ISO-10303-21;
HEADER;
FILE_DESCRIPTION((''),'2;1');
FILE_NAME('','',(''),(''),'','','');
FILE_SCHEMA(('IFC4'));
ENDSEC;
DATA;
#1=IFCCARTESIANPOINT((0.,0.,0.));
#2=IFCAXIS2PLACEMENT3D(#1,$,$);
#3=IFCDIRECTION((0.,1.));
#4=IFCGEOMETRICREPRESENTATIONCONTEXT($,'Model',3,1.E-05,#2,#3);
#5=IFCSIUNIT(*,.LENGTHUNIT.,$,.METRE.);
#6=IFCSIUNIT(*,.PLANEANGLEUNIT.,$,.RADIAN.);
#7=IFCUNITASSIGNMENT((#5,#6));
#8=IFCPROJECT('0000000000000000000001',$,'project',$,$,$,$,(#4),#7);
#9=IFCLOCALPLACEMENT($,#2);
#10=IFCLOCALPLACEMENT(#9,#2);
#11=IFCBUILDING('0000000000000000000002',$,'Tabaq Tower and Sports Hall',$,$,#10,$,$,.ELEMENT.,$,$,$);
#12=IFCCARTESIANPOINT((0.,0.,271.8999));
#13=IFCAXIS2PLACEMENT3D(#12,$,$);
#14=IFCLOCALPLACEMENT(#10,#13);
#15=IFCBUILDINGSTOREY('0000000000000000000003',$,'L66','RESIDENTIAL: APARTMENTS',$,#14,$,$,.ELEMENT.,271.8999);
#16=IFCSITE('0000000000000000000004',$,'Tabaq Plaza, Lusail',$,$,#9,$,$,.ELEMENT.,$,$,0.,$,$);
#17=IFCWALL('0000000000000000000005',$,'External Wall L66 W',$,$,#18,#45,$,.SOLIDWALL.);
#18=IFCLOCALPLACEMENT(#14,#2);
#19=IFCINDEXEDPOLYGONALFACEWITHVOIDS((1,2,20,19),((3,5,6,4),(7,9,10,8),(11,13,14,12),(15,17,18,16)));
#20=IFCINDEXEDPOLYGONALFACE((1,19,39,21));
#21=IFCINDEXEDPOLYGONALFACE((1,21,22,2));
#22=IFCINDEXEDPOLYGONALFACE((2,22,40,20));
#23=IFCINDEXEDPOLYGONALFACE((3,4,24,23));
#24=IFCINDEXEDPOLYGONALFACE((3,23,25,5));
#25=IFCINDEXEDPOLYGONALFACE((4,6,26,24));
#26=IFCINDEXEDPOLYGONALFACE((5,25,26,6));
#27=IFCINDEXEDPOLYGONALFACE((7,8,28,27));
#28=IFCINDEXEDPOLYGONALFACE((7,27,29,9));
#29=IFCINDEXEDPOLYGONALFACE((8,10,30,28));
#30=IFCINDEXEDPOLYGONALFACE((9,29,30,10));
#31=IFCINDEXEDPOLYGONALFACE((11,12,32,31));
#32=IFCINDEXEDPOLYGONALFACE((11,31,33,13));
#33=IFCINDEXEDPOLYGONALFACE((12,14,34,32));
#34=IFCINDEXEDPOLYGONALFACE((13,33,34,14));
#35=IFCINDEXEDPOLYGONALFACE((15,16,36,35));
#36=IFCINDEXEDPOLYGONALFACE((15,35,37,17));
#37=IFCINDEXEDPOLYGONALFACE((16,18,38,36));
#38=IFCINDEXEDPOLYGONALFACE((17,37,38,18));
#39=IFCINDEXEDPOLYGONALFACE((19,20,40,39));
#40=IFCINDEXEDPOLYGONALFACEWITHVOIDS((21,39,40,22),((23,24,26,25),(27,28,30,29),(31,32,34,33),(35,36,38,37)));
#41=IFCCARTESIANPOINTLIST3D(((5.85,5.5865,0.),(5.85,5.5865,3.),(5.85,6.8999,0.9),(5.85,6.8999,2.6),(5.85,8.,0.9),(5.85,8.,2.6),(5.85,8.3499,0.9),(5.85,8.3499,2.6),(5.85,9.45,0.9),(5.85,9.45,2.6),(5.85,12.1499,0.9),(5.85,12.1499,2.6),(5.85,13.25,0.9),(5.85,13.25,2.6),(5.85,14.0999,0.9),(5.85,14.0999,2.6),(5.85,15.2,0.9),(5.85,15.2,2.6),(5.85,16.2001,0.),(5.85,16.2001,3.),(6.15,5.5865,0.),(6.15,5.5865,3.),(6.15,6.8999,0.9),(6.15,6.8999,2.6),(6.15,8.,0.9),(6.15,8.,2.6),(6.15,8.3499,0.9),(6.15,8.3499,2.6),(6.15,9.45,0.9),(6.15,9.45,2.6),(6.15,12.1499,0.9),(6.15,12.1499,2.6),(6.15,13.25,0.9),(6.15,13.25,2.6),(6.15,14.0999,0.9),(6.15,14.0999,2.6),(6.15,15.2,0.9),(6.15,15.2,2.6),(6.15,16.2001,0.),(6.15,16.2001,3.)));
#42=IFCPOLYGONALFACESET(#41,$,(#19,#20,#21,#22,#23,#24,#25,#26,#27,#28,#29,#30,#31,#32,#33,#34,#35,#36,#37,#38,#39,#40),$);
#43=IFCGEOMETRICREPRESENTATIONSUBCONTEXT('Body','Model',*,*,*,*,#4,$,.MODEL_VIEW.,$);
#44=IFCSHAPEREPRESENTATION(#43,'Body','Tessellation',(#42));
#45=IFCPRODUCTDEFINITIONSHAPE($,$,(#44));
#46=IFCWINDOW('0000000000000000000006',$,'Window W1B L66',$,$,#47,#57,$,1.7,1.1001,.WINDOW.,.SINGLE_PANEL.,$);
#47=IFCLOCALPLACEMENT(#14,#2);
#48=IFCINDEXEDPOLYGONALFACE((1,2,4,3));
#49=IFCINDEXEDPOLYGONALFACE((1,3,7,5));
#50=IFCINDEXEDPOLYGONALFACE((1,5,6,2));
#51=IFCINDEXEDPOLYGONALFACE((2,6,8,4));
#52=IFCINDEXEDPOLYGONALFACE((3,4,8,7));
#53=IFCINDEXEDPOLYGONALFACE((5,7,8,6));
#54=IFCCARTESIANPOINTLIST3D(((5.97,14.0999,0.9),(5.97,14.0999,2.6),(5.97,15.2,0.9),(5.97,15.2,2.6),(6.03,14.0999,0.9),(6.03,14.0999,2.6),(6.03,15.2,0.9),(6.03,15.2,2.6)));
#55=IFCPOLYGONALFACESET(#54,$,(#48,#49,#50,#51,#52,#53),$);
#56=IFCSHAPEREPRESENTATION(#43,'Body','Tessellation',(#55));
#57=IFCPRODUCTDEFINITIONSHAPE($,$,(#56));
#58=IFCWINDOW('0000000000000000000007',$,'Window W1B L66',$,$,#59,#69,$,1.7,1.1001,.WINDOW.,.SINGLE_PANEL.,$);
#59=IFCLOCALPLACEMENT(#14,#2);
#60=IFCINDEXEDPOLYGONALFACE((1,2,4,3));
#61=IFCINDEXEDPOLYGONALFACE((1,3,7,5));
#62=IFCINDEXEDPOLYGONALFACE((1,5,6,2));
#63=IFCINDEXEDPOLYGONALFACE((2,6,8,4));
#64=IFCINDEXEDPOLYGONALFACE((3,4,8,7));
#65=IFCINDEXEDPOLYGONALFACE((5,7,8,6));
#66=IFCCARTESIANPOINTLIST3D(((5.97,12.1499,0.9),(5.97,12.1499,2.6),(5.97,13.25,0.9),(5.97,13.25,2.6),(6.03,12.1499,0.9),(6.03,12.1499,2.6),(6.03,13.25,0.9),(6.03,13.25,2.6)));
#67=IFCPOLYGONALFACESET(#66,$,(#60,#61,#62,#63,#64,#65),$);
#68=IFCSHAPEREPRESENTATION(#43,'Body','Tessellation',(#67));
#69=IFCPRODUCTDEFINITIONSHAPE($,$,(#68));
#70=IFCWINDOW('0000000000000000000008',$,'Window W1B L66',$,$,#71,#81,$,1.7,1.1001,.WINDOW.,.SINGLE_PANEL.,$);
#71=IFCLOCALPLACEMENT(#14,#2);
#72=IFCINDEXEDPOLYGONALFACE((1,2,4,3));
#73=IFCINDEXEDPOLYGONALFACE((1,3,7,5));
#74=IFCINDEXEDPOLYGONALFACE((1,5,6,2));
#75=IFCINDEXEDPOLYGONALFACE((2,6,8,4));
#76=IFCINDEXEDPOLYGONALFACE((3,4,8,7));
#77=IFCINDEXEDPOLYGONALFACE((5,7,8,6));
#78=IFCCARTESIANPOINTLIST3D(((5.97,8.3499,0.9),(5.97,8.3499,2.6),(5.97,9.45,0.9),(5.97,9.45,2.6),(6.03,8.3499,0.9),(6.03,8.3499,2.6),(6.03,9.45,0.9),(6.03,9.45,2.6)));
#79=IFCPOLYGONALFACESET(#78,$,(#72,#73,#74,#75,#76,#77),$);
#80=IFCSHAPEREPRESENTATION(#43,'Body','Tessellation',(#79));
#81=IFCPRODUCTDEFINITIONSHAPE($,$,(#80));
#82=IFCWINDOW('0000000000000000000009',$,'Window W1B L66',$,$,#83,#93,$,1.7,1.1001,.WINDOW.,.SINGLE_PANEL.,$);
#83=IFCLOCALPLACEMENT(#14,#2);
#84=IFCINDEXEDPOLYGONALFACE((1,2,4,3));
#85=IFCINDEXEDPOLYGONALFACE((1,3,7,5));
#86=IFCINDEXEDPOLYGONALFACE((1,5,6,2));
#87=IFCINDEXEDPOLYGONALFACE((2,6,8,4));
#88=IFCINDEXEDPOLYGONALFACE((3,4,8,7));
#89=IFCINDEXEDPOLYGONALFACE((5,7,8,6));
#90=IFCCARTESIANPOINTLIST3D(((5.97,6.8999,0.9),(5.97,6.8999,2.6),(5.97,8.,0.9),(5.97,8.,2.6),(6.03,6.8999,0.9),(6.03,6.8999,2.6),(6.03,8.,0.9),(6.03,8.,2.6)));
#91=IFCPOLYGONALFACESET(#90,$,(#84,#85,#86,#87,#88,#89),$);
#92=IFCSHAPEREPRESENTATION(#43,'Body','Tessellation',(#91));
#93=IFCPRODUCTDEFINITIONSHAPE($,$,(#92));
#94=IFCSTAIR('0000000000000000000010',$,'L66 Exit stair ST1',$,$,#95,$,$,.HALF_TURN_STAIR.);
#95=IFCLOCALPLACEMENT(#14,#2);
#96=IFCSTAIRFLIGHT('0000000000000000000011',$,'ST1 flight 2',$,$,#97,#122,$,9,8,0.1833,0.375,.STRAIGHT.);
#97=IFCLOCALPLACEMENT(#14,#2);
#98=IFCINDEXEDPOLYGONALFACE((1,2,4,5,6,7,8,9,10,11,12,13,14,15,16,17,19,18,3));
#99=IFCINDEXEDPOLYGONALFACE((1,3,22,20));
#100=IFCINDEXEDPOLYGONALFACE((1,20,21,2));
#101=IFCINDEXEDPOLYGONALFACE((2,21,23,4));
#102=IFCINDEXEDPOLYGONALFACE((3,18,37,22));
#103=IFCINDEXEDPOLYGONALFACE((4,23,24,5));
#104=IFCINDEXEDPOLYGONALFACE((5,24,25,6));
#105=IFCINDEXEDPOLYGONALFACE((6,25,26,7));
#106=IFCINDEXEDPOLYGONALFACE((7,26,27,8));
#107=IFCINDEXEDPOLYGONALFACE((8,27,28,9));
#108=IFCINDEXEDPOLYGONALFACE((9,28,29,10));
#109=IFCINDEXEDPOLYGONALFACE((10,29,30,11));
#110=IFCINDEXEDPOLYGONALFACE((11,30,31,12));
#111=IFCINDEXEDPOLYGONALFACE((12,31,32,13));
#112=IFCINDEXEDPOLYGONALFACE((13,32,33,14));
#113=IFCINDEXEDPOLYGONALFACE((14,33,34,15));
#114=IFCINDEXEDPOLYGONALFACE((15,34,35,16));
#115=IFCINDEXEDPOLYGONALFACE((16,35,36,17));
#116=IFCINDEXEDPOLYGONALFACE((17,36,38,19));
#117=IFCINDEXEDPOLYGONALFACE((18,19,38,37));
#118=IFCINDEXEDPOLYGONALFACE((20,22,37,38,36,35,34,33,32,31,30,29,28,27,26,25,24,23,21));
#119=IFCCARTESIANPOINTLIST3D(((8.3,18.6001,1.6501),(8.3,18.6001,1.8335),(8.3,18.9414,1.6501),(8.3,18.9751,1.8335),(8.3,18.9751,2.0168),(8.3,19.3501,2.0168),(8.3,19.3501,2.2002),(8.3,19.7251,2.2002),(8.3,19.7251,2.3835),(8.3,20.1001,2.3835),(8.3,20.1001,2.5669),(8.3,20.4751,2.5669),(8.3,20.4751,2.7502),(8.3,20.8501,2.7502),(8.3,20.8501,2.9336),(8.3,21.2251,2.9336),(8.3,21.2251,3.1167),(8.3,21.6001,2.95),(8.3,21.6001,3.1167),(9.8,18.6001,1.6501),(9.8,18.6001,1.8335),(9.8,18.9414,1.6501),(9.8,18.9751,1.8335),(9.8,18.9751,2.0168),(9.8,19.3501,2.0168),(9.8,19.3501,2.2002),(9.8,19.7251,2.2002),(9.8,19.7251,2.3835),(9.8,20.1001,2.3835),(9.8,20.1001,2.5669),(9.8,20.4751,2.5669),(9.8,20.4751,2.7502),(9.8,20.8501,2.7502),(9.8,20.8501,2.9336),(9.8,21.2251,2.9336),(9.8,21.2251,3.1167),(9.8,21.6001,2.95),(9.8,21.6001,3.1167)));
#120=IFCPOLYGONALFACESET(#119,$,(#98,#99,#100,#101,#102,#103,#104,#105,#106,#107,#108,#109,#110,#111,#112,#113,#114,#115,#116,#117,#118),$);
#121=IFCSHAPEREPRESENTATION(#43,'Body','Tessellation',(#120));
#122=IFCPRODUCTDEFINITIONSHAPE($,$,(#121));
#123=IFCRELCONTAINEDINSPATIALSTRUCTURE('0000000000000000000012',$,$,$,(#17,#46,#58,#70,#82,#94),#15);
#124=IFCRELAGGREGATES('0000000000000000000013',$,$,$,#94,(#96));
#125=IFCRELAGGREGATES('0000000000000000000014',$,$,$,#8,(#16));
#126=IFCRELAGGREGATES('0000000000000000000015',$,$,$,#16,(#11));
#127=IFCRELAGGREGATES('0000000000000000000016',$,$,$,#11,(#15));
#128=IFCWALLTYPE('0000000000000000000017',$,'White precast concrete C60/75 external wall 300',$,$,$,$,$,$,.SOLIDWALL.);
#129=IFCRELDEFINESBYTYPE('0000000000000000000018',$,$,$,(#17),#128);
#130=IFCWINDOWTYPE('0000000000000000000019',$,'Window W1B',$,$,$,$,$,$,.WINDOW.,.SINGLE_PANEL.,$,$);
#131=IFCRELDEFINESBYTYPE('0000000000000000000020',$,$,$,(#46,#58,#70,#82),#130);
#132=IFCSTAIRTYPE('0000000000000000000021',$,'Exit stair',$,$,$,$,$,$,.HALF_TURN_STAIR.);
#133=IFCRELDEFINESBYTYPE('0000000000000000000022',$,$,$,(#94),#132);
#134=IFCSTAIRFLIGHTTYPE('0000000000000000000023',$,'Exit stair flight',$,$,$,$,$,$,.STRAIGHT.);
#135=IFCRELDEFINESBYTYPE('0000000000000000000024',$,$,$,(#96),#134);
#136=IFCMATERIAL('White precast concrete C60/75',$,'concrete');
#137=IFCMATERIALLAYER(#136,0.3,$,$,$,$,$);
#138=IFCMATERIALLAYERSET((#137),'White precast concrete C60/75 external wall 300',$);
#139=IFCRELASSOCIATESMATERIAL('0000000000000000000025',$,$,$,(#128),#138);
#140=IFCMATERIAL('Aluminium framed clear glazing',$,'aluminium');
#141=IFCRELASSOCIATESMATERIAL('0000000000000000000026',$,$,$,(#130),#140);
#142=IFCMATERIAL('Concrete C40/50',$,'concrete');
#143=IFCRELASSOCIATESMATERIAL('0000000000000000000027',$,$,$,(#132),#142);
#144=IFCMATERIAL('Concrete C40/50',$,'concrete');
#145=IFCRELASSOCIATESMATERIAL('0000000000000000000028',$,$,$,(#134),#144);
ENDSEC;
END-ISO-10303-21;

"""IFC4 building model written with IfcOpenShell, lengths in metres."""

from ifc_helpers import new_model, si_unit, direction, frame, frame_2d, origin, place, context, subcontext, project, spatial, polyline, rectangle, outline, extrude, material, layer, layer_set, type_object, element, fill, aggregate, save


model = new_model("IFC4")

# Units and contexts
model_context = context("Model", 3, precision=1e-05, world=origin(), true_north=direction((0.0, 1.0)))
body_context = subcontext(model_context, "Body", "Model", "MODEL_VIEW")
ifc_project = project(units=[si_unit("LENGTHUNIT", "METRE"), si_unit("PLANEANGLEUNIT", "RADIAN")], contexts=[model_context])

# Site, building, storey
site_placement = place(None, origin())
site = spatial("IfcSite", under=ifc_project, at=site_placement, Name="Tabaq Plaza, Lusail", CompositionType="ELEMENT", RefElevation=0.0)
building_placement = place(site_placement, origin())
building = spatial("IfcBuilding", under=site, at=building_placement, Name="Tabaq Tower and Sports Hall", CompositionType="ELEMENT")
storey_placement = place(building_placement, frame((0.0, 0.0, 271.8999)))
storey = spatial("IfcBuildingStorey", under=building, at=storey_placement, Name="L66", Description="RESIDENTIAL: APARTMENTS", CompositionType="ELEMENT", Elevation=271.8999)

# Wall, openings, windows
ifc_material_1 = material(Name="White precast concrete C60/75", Category="concrete")
ifc_layer_1 = layer(ifc_material_1, 0.3)
ifc_layer_set_1 = layer_set([ifc_layer_1], Name="White precast concrete C60/75 external wall 300")
wall_type_1 = type_object("IfcWallType", Name="White precast concrete C60/75 external wall 300", PredefinedType="SOLIDWALL", material=ifc_layer_set_1)
wall_1_placement = place(storey_placement, frame((6.0, 16.2, 0.0), z_axis=(0.0, 0.0, 1.0), x_axis=(0.0, -1.0, 0.0)))
wall_1 = element("IfcWall", 1, at=wall_1_placement, inside=storey, type_object=wall_type_1, Name="External Wall L66 W", PredefinedType="SOLIDWALL", context=body_context, shape_type="SweptSolid", body=[
    extrude(rectangle(XDim=10.6135, YDim=0.3, at=frame_2d((5.3066, 0.0))), origin(), (0.0, 0.0, 1.0), 3.0),
])
opening_1_placement = place(wall_1_placement, frame((1.0, 0.0, 0.8999)))
opening_1 = element("IfcOpeningElement", 2, at=opening_1_placement, cuts=wall_1, PredefinedType="OPENING", context=body_context, shape_type="SweptSolid", body=[
    extrude(rectangle(XDim=1.1001, YDim=1.7, at=frame_2d((0.55, 0.8501))), frame((0.0, 0.1602, 0.0), z_axis=(0.0, -1.0, 0.0), x_axis=(1.0, 0.0, 0.0)), (0.0, 0.0, 1.0), 0.3201),
])
opening_2_placement = place(wall_1_placement, frame((2.95, 0.0, 0.8999)))
opening_2 = element("IfcOpeningElement", 3, at=opening_2_placement, cuts=wall_1, PredefinedType="OPENING", context=body_context, shape_type="SweptSolid", body=[
    extrude(rectangle(XDim=1.1001, YDim=1.7, at=frame_2d((0.55, 0.8501))), frame((0.0, 0.1602, 0.0), z_axis=(0.0, -1.0, 0.0), x_axis=(1.0, 0.0, 0.0)), (0.0, 0.0, 1.0), 0.3201),
])
opening_3_placement = place(wall_1_placement, frame((6.75, 0.0, 0.8999)))
opening_3 = element("IfcOpeningElement", 4, at=opening_3_placement, cuts=wall_1, PredefinedType="OPENING", context=body_context, shape_type="SweptSolid", body=[
    extrude(rectangle(XDim=1.1001, YDim=1.7, at=frame_2d((0.55, 0.8501))), frame((0.0, 0.1602, 0.0), z_axis=(0.0, -1.0, 0.0), x_axis=(1.0, 0.0, 0.0)), (0.0, 0.0, 1.0), 0.3201),
])
opening_4_placement = place(wall_1_placement, frame((8.2, 0.0, 0.8999)))
opening_4 = element("IfcOpeningElement", 5, at=opening_4_placement, cuts=wall_1, PredefinedType="OPENING", context=body_context, shape_type="SweptSolid", body=[
    extrude(rectangle(XDim=1.1001, YDim=1.7, at=frame_2d((0.55, 0.8501))), frame((0.0, 0.1602, 0.0), z_axis=(0.0, -1.0, 0.0), x_axis=(1.0, 0.0, 0.0)), (0.0, 0.0, 1.0), 0.3201),
])
ifc_material_2 = material(Name="Aluminium framed clear glazing", Category="aluminium")
window_type = type_object("IfcWindowType", Name="Window W1B", PartitioningType="SINGLE_PANEL", PredefinedType="WINDOW", material=ifc_material_2)
window_1_placement = place(opening_1_placement, origin())
window_1 = element("IfcWindow", 6, at=window_1_placement, inside=storey, type_object=window_type, Name="Window W1B L66", OverallHeight=1.7, OverallWidth=1.1001, PartitioningType="SINGLE_PANEL", PredefinedType="WINDOW", context=body_context, shape_type="SweptSolid", body=[
    extrude(rectangle(XDim=1.1001, YDim=1.7, at=frame_2d((0.55, 0.8501))), frame((0.0, 0.03, 0.0), z_axis=(0.0, -1.0, 0.0), x_axis=(1.0, 0.0, 0.0)), (0.0, 0.0, 1.0), 0.0601),
])
fill(opening_1, window_1)
window_2_placement = place(opening_2_placement, origin())
window_2 = element("IfcWindow", 7, at=window_2_placement, inside=storey, type_object=window_type, Name="Window W1B L66", OverallHeight=1.7, OverallWidth=1.1001, PartitioningType="SINGLE_PANEL", PredefinedType="WINDOW", context=body_context, shape_type="SweptSolid", body=[
    extrude(rectangle(XDim=1.1001, YDim=1.7, at=frame_2d((0.55, 0.8501))), frame((0.0, 0.03, 0.0), z_axis=(0.0, -1.0, 0.0), x_axis=(1.0, 0.0, 0.0)), (0.0, 0.0, 1.0), 0.0601),
])
fill(opening_2, window_2)
window_3_placement = place(opening_3_placement, origin())
window_3 = element("IfcWindow", 8, at=window_3_placement, inside=storey, type_object=window_type, Name="Window W1B L66", OverallHeight=1.7, OverallWidth=1.1001, PartitioningType="SINGLE_PANEL", PredefinedType="WINDOW", context=body_context, shape_type="SweptSolid", body=[
    extrude(rectangle(XDim=1.1001, YDim=1.7, at=frame_2d((0.55, 0.8501))), frame((0.0, 0.03, 0.0), z_axis=(0.0, -1.0, 0.0), x_axis=(1.0, 0.0, 0.0)), (0.0, 0.0, 1.0), 0.0601),
])
fill(opening_3, window_3)
window_4_placement = place(opening_4_placement, origin())
window_4 = element("IfcWindow", 9, at=window_4_placement, inside=storey, type_object=window_type, Name="Window W1B L66", OverallHeight=1.7, OverallWidth=1.1001, PartitioningType="SINGLE_PANEL", PredefinedType="WINDOW", context=body_context, shape_type="SweptSolid", body=[
    extrude(rectangle(XDim=1.1001, YDim=1.7, at=frame_2d((0.55, 0.8501))), frame((0.0, 0.03, 0.0), z_axis=(0.0, -1.0, 0.0), x_axis=(1.0, 0.0, 0.0)), (0.0, 0.0, 1.0), 0.0601),
])
fill(opening_4, window_4)

# Stair, stair flight
ifc_material_3 = material(Name="Concrete C40/50", Category="concrete")
stair_type = type_object("IfcStairType", Name="Exit stair", PredefinedType="HALF_TURN_STAIR", material=ifc_material_3)
stair_placement = place(storey_placement, origin())
stair = element("IfcStair", 10, at=stair_placement, inside=storey, type_object=stair_type, Name="L66 Exit stair ST1", PredefinedType="HALF_TURN_STAIR")
ifc_material_4 = material(Name="Concrete C40/50", Category="concrete")
stair_flight_type = type_object("IfcStairFlightType", Name="Exit stair flight", PredefinedType="STRAIGHT", material=ifc_material_4)
stair_flight_placement = place(storey_placement, frame((9.05, 18.6001, 1.6501), z_axis=(0.0, 0.0, 1.0), x_axis=(0.0, 1.0, 0.0)))
stair_flight = element("IfcStairFlight", 11, at=stair_flight_placement, type_object=stair_flight_type, Name="ST1 flight 2", NumberOfRisers=9, NumberOfTreads=8, PredefinedType="STRAIGHT", RiserHeight=0.1833, TreadLength=0.375, context=body_context, shape_type="SweptSolid", body=[
    extrude(outline(polyline([(0.0, 0.0), (0.0, 0.1833), (0.375, 0.1833), (0.375, 0.3667), (0.75, 0.3667), (0.75, 0.55), (1.125, 0.55), (1.125, 0.7334), (1.5, 0.7334), (1.5, 0.9167), (1.875, 0.9167), (1.875, 1.1001), (2.25, 1.1001), (2.25, 1.2834), (2.625, 1.2834), (2.625, 1.4666), (3.0, 1.4666), (3.0, 1.6499), (3.0, 1.2998), (0.3413, 0.0), (0.0, 0.0)])), frame((0.0, 0.75, 0.0), z_axis=(0.0, -1.0, 0.0), x_axis=(1.0, 0.0, 0.0)), (0.0, 0.0, 1.0), 1.5),
])
aggregate(stair, [stair_flight])

save(model, "model.ifc")
